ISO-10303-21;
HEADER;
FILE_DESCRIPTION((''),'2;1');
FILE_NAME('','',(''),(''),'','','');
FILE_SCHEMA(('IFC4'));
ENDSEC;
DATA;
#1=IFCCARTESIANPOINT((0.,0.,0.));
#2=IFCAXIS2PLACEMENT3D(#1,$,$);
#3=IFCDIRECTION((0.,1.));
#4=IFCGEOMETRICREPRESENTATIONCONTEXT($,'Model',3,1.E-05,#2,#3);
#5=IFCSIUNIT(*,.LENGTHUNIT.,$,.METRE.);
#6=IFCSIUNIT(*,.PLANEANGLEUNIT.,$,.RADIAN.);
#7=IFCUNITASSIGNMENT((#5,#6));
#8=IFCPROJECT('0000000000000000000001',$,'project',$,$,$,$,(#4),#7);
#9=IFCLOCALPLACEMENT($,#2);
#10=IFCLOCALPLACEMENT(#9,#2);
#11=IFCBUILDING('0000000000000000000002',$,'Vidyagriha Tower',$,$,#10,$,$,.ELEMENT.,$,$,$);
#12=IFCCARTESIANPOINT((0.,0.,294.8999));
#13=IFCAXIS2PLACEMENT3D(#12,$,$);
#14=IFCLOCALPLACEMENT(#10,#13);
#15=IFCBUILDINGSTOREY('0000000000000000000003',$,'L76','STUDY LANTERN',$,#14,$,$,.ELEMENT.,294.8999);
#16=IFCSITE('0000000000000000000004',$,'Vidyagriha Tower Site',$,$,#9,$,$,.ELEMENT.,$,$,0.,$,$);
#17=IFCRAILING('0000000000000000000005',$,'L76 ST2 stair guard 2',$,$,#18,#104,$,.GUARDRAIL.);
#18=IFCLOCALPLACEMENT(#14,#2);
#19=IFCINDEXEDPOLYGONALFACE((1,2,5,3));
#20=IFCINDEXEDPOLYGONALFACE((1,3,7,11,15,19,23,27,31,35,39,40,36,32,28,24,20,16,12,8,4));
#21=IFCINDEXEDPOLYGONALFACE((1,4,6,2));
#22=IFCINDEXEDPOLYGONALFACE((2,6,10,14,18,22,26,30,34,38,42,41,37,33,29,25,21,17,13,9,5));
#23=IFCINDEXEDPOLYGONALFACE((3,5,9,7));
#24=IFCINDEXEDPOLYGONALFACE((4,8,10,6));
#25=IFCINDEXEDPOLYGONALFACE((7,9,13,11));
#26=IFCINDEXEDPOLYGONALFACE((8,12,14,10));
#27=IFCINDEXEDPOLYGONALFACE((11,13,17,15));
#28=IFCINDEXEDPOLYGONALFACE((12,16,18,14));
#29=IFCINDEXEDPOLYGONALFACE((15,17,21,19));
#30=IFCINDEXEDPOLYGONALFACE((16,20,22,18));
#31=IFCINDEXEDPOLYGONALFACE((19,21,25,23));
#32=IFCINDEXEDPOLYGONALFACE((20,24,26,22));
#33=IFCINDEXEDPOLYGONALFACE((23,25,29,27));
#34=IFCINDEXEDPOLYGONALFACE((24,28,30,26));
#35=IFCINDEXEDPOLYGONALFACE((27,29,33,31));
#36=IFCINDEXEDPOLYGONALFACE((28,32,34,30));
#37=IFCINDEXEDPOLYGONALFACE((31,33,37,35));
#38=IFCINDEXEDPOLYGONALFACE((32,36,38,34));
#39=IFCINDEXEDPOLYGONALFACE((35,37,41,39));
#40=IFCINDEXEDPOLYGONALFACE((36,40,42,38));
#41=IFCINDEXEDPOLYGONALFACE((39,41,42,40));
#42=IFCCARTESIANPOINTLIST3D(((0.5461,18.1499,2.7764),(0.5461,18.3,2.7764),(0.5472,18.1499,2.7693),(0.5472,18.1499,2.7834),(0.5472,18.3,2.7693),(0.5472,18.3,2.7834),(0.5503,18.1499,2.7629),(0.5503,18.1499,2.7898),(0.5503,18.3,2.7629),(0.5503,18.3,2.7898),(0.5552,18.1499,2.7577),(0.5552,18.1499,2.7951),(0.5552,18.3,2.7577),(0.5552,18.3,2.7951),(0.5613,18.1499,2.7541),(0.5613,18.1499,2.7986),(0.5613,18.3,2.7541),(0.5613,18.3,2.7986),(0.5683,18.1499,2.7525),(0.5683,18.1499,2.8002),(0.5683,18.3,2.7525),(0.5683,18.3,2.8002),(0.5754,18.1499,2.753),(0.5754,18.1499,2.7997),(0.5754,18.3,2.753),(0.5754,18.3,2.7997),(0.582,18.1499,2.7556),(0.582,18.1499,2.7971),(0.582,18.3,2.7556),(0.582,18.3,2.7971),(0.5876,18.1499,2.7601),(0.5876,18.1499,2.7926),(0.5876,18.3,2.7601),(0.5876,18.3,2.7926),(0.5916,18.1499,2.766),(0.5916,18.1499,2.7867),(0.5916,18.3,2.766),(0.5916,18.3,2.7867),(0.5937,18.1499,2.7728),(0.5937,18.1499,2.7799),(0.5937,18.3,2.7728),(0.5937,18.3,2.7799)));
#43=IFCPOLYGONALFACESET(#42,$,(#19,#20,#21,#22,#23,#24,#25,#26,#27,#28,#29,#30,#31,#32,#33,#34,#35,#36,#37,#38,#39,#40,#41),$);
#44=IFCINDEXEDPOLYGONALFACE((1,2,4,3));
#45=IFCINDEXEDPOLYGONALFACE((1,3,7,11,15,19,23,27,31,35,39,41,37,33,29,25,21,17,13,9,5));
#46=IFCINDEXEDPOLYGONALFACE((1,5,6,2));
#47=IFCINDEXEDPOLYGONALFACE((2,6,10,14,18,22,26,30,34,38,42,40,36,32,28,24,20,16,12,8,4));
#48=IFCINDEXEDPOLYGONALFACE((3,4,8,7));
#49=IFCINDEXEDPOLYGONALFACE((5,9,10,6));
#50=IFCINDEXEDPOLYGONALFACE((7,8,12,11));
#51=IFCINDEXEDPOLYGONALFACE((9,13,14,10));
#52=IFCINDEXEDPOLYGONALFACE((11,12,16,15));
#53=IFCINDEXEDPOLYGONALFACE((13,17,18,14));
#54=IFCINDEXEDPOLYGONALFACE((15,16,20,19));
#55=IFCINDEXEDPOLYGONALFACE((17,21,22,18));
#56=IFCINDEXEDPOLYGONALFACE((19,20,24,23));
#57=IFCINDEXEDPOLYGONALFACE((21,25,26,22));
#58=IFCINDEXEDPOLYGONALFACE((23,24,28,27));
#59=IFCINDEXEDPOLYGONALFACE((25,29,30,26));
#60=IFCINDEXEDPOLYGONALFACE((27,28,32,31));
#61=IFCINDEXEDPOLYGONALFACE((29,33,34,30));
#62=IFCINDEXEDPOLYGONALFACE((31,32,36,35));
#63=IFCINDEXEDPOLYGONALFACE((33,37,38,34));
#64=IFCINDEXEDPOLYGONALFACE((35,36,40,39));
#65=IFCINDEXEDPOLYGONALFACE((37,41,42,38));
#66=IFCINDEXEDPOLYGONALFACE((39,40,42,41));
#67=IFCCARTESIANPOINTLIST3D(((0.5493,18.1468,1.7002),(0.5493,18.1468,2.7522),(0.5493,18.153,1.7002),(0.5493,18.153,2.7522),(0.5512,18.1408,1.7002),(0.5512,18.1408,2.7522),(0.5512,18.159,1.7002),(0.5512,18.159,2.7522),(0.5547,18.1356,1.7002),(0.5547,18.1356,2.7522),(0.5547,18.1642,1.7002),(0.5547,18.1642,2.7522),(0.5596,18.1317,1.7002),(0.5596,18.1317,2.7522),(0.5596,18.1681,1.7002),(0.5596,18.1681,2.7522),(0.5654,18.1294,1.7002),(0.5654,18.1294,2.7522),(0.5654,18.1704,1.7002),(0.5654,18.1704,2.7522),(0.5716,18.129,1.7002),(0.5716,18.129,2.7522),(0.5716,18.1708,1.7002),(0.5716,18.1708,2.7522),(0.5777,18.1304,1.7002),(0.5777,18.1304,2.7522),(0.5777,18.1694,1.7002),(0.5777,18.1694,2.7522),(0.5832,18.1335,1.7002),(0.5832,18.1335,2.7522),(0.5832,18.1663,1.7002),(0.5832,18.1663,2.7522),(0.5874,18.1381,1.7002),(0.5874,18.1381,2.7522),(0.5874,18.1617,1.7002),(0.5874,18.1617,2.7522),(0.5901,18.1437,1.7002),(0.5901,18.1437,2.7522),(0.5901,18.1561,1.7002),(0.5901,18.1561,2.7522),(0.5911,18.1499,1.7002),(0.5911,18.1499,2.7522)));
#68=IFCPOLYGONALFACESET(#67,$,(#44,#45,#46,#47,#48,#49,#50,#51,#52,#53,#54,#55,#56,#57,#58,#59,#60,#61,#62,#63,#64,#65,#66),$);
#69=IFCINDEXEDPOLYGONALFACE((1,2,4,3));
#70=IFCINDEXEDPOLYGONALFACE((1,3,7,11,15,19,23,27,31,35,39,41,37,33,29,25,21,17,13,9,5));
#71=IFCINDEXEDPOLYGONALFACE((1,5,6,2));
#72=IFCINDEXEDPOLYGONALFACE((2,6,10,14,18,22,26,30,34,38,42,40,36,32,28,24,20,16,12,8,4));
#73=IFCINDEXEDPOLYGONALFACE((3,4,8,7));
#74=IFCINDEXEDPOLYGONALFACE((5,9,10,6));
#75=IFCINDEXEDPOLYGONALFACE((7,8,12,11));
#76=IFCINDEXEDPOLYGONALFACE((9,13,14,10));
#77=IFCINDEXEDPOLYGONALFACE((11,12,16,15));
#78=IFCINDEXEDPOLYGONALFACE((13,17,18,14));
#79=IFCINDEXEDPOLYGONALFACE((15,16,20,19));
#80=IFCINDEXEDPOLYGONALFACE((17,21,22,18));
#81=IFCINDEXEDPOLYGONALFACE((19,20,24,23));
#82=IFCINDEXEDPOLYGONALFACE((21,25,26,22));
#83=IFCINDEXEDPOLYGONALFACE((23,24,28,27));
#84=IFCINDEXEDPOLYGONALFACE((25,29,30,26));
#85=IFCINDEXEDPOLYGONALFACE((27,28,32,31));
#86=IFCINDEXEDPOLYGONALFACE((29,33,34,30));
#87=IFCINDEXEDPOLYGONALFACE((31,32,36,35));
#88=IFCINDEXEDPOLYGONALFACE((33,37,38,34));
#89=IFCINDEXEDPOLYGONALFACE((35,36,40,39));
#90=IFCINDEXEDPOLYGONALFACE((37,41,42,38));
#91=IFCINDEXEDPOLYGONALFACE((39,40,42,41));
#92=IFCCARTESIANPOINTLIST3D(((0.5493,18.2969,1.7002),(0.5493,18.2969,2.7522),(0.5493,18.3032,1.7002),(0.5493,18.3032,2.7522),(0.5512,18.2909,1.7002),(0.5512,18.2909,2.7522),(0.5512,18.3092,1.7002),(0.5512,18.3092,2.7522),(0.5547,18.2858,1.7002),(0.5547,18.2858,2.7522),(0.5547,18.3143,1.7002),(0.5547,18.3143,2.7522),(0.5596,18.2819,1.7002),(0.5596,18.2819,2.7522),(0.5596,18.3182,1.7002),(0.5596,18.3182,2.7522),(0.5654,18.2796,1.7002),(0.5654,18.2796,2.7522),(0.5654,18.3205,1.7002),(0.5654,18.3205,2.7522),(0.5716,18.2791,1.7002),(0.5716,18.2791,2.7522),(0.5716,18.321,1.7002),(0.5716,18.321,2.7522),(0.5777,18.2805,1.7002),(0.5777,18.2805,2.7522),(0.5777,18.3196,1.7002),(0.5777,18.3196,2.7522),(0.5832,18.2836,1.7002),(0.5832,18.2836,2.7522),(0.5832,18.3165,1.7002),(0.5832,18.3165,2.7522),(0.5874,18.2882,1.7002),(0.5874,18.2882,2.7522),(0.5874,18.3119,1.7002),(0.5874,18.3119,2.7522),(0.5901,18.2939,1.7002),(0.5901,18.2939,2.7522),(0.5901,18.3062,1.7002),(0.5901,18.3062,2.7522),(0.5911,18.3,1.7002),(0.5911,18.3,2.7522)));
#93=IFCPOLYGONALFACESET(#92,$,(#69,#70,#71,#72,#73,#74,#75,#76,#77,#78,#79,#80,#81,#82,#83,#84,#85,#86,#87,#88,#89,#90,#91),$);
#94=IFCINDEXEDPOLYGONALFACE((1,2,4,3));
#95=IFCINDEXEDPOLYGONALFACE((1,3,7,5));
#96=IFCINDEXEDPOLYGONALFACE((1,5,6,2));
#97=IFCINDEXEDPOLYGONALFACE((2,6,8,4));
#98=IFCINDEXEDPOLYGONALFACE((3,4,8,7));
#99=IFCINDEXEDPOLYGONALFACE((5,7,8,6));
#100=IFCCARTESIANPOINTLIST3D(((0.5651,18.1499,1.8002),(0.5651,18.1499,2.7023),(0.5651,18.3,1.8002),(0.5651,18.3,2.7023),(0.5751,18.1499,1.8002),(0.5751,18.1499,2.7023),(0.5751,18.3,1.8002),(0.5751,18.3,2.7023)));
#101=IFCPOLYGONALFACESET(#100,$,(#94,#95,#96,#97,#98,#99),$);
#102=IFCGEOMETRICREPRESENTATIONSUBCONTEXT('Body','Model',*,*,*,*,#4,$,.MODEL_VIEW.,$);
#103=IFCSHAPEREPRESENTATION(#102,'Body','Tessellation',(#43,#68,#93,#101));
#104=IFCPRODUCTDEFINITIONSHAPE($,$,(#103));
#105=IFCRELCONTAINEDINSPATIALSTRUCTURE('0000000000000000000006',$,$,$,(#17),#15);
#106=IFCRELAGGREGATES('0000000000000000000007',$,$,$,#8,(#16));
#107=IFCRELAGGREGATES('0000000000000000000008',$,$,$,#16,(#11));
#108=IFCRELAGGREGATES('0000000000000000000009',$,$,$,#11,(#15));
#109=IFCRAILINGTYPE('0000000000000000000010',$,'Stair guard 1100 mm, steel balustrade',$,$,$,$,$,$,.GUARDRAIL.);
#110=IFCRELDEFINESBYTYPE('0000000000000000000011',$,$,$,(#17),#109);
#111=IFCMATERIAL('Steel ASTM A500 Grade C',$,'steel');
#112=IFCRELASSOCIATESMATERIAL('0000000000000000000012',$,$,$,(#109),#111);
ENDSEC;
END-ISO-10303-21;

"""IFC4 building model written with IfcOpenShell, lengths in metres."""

from ifc_helpers import new_model, si_unit, direction, frame, origin, origin_2d, place, context, subcontext, project, spatial, rectangle, circle, extrude, material, type_object, element, save


model = new_model("IFC4")

# Units and contexts
model_context = context("Model", 3, precision=1e-05, world=origin(), true_north=direction((0.0, 1.0)))
body_context = subcontext(model_context, "Body", "Model", "MODEL_VIEW")
ifc_project = project(units=[si_unit("LENGTHUNIT", "METRE"), si_unit("PLANEANGLEUNIT", "RADIAN")], contexts=[model_context])

# Site, building, storey
site_placement = place(None, origin())
site = spatial("IfcSite", under=ifc_project, at=site_placement, Name="Vidyagriha Tower Site", CompositionType="ELEMENT", RefElevation=0.0)
building_placement = place(site_placement, origin())
building = spatial("IfcBuilding", under=site, at=building_placement, Name="Vidyagriha Tower", CompositionType="ELEMENT")
storey_placement = place(building_placement, frame((0.0, 0.0, 294.8999)))
storey = spatial("IfcBuildingStorey", under=building, at=storey_placement, Name="L76", Description="STUDY LANTERN", CompositionType="ELEMENT", Elevation=294.8999)

# Railing
ifc_material_1 = material(Name="Steel ASTM A500 Grade C", Category="steel")
railing_type_1 = type_object("IfcRailingType", Name="Stair guard 1100 mm, steel balustrade", PredefinedType="GUARDRAIL", material=ifc_material_1)
railing_1_placement = place(storey_placement, frame((0.5701, 18.1499, 1.7002)))
element("IfcRailing", 1, at=railing_1_placement, inside=storey, type_object=railing_type_1, Name="L76 ST2 stair guard 2", PredefinedType="GUARDRAIL", context=body_context, shape_type="SweptSolid", body=[
    extrude(circle(Radius=0.0239, at=origin_2d()), frame((0.0, 0.0, 1.0762), z_axis=(0.0, 1.0, 0.0), x_axis=(-1.0, 0.0, 0.0)), (0.0, 0.0, 1.0), 0.1501),
    extrude(circle(Radius=0.021, at=origin_2d()), origin(), (0.0, 0.0, 1.0), 1.052),
    extrude(circle(Radius=0.021, at=origin_2d()), frame((0.0, 0.1501, 0.0)), (0.0, 0.0, 1.0), 1.052),
    extrude(rectangle(XDim=0.01, YDim=0.9021, at=origin_2d()), frame((0.0, 0.0, 0.551), z_axis=(0.0, 1.0, 0.0), x_axis=(-1.0, 0.0, 0.0)), (0.0, 0.0, 1.0), 0.1501),
])

save(model, "model.ifc")
